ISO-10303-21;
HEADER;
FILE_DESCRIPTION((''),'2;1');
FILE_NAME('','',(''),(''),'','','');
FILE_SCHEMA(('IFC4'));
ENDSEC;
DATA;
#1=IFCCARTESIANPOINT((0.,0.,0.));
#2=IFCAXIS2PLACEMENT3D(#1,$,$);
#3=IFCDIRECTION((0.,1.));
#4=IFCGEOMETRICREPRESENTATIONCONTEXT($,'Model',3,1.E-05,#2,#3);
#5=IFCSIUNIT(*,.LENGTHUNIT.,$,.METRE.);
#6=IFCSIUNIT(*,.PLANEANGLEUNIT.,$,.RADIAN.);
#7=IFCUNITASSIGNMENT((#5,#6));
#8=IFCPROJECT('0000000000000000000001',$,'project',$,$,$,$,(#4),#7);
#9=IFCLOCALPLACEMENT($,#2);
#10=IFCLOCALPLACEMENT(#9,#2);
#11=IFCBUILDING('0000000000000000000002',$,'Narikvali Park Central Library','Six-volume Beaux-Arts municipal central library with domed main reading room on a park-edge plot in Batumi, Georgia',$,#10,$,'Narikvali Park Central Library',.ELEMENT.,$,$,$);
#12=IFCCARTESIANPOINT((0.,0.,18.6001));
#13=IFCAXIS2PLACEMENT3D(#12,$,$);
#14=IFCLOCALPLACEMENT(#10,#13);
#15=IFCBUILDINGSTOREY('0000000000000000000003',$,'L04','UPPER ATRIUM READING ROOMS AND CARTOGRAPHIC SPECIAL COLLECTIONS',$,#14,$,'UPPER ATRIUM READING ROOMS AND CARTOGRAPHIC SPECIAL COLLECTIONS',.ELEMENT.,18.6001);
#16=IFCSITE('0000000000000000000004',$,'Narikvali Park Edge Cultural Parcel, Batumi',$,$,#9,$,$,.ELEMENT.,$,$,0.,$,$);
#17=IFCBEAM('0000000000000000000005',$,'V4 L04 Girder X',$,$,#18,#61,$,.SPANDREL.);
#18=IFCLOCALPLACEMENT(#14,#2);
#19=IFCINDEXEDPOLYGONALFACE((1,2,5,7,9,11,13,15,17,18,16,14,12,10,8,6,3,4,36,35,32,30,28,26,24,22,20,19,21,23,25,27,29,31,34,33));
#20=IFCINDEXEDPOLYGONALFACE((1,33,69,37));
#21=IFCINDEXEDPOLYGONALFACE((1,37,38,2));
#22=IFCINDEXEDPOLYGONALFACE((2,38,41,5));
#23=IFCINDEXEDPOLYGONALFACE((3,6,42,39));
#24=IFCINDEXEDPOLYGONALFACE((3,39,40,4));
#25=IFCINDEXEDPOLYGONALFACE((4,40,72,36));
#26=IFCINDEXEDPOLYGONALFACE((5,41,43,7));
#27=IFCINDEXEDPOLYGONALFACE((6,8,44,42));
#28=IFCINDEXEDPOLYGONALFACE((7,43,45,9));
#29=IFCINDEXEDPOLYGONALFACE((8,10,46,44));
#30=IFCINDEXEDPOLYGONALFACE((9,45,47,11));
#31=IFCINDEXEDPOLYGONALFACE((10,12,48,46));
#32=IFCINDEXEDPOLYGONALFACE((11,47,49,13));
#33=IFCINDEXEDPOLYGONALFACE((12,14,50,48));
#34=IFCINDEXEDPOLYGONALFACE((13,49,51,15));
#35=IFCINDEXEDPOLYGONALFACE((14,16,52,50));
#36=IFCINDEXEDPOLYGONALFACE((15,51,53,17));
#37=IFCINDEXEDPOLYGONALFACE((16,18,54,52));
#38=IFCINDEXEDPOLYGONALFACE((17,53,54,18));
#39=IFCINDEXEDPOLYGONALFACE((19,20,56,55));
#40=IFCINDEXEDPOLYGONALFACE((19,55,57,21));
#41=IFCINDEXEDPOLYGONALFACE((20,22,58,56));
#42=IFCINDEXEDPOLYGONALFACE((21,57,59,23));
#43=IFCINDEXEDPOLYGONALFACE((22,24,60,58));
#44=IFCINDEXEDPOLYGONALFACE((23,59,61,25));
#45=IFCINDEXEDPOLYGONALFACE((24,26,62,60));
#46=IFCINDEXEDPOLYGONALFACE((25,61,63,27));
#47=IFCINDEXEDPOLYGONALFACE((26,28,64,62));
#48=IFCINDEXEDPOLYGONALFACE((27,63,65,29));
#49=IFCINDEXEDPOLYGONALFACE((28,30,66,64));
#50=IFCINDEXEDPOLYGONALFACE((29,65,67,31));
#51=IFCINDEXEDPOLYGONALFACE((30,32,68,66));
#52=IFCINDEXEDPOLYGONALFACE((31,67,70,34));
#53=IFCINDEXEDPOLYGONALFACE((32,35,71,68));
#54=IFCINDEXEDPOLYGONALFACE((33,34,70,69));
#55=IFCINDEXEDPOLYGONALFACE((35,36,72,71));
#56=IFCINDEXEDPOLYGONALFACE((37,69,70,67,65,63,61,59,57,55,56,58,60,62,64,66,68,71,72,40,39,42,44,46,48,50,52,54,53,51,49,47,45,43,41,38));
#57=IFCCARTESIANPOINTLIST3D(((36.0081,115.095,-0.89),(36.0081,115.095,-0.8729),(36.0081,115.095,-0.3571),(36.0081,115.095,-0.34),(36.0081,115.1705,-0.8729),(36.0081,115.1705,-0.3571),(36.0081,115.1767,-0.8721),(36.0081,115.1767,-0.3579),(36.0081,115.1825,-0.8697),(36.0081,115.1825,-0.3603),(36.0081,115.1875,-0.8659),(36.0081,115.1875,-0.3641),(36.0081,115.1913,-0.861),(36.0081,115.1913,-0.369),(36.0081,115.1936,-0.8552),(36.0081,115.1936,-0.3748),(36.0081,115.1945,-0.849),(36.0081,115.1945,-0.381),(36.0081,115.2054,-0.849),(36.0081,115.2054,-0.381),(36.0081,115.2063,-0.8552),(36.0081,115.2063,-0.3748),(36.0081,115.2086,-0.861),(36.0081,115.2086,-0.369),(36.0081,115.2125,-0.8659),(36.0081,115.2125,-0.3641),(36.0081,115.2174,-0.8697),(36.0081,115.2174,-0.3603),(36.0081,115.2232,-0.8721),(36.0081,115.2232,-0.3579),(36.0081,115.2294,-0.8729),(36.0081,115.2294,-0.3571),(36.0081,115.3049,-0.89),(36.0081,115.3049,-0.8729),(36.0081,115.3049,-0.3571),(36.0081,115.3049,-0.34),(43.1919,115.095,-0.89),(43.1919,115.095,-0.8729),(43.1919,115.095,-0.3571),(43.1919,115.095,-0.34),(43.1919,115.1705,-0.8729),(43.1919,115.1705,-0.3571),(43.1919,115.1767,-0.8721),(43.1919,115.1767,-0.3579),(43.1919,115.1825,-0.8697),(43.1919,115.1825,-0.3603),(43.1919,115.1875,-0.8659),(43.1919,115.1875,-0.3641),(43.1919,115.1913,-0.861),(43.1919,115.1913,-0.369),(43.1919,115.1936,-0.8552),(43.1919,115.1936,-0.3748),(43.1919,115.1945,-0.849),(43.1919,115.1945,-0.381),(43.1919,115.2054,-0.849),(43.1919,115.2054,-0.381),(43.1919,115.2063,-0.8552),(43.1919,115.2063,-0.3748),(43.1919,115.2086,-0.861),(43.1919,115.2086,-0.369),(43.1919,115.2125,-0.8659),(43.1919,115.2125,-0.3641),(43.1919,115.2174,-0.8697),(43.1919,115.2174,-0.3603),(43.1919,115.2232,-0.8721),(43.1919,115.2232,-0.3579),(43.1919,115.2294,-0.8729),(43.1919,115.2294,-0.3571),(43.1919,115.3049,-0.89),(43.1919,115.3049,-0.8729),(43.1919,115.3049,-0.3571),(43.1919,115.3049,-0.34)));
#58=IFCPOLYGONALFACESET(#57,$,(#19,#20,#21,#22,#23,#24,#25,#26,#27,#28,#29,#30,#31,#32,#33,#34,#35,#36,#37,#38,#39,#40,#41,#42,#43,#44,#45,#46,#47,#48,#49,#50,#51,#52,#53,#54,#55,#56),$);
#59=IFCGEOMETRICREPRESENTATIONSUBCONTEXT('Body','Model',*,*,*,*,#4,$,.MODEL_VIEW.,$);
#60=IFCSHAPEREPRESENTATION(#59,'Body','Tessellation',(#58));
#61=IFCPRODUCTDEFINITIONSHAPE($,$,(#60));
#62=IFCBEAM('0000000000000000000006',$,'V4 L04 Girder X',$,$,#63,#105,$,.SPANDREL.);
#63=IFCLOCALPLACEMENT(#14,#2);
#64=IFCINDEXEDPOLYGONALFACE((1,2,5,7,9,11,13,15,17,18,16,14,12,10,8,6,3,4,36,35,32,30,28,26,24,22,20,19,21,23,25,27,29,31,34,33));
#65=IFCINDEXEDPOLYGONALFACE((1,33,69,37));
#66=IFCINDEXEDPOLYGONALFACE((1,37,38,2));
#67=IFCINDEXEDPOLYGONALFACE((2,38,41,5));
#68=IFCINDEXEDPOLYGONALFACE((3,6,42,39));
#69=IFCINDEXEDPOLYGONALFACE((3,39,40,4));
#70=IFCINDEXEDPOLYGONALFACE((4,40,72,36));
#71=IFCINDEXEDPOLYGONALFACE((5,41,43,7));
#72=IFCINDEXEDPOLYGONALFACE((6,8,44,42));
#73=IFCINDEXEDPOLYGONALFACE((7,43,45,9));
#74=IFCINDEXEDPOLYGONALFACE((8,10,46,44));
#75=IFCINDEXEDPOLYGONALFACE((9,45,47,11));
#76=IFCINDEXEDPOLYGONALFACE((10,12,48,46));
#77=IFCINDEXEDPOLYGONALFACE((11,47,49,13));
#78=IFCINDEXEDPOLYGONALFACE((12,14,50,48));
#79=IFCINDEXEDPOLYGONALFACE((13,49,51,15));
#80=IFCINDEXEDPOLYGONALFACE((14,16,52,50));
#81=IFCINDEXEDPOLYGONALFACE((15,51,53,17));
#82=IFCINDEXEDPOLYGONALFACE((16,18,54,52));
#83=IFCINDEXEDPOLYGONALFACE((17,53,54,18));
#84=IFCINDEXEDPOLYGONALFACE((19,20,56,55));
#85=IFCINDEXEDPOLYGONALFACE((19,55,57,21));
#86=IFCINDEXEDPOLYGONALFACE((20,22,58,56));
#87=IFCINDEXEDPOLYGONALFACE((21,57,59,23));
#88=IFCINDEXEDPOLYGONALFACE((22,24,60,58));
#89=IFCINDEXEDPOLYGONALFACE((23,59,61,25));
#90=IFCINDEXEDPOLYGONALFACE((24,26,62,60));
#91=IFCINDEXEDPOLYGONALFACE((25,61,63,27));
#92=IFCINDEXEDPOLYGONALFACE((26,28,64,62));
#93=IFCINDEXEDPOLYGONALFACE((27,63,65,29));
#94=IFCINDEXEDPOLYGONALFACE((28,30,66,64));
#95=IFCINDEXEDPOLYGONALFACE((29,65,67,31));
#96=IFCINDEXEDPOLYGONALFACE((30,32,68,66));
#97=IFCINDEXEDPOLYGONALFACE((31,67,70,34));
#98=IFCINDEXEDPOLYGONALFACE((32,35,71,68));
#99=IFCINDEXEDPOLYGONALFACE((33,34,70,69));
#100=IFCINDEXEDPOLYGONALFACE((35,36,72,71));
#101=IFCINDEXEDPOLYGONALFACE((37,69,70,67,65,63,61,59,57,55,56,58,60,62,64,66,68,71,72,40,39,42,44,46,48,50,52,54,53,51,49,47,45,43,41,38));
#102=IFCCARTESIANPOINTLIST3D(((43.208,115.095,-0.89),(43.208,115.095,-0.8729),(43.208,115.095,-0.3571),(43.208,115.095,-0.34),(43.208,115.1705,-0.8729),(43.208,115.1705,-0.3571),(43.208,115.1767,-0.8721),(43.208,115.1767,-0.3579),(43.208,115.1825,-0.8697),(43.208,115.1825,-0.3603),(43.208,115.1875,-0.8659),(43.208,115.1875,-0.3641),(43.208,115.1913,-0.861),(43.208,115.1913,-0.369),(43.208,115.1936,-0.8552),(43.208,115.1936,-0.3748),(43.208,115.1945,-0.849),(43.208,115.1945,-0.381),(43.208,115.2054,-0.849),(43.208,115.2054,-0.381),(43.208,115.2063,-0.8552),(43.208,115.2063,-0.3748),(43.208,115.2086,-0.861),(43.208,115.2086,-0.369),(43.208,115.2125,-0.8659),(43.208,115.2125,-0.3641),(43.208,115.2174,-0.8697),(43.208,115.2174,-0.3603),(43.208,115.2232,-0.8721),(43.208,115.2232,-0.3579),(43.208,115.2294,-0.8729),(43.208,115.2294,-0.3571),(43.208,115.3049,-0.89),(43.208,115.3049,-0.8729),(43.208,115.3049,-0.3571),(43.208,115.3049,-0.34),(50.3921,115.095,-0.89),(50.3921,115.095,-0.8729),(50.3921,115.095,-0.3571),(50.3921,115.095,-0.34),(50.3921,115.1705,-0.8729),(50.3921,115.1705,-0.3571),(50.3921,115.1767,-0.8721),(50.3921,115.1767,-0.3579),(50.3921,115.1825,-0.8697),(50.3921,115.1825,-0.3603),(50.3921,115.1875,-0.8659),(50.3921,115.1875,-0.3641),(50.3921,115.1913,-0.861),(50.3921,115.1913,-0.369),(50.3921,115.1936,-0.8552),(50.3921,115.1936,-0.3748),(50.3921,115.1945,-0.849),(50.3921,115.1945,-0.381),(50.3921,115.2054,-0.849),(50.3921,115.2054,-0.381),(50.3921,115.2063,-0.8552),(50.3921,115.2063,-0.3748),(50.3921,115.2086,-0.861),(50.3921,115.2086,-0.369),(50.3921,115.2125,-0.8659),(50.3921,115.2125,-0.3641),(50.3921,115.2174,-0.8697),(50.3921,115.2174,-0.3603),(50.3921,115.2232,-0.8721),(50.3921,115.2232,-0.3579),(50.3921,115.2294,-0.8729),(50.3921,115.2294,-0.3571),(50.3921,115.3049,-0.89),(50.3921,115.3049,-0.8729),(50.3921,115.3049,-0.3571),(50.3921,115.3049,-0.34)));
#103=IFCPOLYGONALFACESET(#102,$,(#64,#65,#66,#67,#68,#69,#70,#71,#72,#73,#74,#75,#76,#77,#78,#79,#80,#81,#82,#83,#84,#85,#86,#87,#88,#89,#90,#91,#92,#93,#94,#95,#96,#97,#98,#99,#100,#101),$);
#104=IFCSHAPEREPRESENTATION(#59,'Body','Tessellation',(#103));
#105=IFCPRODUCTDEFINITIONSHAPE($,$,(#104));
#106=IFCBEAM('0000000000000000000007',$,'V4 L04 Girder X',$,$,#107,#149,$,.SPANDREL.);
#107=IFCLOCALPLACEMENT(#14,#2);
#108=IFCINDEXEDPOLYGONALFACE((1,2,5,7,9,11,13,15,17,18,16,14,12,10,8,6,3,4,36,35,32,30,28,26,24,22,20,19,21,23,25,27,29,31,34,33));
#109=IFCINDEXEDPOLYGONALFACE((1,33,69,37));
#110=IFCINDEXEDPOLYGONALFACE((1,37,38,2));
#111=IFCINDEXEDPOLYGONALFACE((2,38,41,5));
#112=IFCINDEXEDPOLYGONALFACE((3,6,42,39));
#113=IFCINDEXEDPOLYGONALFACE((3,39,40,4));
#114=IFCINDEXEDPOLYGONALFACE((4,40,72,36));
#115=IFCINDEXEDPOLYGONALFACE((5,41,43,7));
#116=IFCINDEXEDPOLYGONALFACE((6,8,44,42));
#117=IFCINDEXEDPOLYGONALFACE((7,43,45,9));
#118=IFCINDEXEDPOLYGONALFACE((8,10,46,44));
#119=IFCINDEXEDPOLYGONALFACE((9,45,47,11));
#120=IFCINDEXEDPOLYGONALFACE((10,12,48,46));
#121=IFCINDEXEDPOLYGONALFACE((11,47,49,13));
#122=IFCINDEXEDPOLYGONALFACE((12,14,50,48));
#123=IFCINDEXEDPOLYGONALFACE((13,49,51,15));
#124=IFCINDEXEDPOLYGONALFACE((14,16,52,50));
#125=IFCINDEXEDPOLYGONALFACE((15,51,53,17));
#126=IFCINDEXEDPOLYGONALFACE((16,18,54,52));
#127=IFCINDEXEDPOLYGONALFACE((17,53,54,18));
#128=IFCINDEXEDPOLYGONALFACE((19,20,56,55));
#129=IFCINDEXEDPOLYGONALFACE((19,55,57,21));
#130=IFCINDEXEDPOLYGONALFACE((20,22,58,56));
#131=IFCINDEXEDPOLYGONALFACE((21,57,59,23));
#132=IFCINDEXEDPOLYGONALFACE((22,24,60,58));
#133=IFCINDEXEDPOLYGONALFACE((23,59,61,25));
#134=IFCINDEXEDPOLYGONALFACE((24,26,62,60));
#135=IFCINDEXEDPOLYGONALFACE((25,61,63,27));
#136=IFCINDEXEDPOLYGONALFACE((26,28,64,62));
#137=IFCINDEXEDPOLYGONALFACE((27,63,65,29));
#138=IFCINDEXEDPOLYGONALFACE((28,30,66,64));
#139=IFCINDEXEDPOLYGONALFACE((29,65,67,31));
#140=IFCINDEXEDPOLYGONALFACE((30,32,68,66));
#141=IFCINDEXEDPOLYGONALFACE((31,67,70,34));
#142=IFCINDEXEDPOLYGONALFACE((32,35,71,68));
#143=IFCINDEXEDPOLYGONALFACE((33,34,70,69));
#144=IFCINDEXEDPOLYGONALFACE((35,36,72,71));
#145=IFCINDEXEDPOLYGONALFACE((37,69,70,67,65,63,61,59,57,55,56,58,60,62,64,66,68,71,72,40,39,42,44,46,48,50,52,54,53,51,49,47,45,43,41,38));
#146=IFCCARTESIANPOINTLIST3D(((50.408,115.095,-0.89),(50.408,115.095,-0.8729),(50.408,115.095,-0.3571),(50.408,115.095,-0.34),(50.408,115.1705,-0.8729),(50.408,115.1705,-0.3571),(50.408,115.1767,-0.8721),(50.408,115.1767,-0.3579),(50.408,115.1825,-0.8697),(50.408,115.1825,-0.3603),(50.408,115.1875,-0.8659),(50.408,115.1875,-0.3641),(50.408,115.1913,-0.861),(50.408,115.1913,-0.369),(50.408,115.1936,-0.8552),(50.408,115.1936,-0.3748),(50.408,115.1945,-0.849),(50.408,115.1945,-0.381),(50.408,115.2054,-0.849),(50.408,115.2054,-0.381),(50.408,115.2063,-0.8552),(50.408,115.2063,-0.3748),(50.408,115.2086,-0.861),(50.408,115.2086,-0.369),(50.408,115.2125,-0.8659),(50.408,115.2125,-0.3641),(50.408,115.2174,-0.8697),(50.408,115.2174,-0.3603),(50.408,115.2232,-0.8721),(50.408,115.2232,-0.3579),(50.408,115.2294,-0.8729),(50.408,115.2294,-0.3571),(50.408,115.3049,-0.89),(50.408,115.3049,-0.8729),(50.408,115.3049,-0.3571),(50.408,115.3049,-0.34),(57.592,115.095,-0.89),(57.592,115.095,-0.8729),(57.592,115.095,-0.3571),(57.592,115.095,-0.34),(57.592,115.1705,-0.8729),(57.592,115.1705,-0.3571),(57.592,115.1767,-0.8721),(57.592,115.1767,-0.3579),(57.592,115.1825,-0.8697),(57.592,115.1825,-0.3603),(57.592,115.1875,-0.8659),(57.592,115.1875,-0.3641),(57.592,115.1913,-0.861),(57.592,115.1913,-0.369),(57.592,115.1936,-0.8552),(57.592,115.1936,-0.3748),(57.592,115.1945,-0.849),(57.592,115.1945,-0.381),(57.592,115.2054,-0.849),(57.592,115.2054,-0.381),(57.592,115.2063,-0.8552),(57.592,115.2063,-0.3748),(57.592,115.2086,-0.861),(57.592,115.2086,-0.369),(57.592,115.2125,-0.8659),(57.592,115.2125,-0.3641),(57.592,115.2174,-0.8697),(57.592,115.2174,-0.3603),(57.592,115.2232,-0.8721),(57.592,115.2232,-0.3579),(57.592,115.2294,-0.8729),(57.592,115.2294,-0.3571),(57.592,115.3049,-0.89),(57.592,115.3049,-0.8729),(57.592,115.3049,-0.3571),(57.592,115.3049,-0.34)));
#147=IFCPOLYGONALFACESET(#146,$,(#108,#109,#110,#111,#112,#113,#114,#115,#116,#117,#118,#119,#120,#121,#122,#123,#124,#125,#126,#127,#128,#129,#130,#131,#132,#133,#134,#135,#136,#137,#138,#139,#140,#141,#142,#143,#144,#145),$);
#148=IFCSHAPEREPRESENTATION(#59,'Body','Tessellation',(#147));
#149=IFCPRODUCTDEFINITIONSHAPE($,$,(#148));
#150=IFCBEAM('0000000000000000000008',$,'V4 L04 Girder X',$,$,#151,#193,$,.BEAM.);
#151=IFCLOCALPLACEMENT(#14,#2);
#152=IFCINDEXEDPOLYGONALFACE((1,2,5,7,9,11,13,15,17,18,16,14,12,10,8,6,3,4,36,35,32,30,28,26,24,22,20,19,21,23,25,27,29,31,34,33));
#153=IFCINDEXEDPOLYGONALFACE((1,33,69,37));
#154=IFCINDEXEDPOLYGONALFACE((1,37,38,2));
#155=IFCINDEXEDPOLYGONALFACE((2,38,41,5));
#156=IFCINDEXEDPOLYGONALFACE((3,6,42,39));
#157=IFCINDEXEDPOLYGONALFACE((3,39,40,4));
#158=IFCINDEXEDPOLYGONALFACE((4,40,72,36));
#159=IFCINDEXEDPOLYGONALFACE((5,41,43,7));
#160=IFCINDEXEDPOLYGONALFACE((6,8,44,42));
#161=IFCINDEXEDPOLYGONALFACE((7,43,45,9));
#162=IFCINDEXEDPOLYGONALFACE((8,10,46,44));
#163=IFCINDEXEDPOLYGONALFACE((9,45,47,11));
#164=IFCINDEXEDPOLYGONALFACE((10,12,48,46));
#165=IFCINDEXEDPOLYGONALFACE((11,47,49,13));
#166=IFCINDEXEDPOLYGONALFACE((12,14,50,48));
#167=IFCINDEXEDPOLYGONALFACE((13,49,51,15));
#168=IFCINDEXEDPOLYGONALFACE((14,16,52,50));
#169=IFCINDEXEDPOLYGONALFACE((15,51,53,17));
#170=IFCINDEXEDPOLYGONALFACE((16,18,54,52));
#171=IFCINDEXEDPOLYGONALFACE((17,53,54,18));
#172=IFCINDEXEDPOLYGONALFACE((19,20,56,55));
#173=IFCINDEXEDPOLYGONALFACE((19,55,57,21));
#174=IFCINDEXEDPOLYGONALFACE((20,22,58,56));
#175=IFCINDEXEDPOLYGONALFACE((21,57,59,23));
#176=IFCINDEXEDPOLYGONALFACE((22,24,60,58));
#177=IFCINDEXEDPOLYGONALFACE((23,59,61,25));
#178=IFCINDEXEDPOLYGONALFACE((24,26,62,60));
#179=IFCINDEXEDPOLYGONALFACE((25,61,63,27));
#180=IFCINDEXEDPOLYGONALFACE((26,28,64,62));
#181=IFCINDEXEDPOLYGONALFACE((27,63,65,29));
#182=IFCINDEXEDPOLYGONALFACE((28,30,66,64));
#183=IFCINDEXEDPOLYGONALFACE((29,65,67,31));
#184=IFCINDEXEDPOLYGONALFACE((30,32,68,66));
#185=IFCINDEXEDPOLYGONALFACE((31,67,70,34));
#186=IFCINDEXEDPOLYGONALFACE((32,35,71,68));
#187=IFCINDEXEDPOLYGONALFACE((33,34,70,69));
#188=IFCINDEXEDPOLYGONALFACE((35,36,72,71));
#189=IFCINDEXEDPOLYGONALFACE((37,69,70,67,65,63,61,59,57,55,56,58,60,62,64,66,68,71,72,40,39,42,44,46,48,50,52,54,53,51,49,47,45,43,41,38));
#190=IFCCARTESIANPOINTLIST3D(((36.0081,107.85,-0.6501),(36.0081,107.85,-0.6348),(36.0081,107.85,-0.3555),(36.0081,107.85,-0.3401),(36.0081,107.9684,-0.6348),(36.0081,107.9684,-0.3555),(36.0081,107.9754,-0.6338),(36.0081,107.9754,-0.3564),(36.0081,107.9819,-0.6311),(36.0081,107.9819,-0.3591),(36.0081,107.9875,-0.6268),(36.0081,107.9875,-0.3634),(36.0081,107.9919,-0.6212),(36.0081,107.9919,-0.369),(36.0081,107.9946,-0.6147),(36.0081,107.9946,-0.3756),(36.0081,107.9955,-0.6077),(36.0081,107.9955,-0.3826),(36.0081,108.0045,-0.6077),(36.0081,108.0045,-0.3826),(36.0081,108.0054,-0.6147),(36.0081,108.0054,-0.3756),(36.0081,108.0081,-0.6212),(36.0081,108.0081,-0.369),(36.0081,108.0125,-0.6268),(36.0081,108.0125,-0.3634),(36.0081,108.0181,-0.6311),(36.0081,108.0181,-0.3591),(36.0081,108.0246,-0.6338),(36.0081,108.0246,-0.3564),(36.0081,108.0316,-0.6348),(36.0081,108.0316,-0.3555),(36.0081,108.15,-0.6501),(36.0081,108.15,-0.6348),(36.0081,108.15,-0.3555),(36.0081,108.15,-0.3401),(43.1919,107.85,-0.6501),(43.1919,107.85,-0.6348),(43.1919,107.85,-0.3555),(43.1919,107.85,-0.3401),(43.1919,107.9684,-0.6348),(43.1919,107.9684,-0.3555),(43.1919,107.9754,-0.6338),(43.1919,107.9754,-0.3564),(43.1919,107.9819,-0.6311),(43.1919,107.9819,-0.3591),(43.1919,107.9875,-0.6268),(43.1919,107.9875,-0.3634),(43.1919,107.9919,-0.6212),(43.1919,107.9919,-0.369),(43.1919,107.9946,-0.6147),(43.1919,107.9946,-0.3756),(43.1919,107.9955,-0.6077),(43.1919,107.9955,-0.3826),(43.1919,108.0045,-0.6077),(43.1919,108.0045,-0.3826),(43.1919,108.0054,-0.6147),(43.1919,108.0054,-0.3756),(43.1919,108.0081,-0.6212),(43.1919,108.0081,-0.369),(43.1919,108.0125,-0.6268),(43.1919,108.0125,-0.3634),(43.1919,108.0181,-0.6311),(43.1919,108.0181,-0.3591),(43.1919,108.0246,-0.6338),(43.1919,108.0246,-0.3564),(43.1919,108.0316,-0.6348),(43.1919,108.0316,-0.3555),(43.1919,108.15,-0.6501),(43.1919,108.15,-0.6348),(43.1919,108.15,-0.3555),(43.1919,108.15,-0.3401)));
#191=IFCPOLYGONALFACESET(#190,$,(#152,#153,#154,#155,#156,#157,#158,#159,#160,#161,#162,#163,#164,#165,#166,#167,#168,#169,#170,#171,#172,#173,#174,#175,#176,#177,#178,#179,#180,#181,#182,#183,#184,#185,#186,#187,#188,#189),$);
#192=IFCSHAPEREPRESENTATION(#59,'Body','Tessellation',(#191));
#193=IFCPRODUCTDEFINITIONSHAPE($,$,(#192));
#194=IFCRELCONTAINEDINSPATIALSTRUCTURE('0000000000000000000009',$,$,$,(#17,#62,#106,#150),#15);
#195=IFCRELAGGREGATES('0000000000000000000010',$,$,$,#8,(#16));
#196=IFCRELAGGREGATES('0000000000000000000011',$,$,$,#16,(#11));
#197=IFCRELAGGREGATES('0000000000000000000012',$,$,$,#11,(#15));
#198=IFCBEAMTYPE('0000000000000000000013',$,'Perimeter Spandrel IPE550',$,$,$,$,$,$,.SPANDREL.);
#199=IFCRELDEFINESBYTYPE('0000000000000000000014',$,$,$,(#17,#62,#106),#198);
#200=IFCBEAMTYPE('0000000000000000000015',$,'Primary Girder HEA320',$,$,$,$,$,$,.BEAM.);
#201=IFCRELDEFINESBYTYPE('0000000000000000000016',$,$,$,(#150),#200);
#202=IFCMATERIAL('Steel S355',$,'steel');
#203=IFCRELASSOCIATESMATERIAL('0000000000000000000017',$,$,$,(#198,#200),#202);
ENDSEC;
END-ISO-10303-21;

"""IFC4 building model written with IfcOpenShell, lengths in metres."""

from ifc_helpers import new_model, si_unit, direction, frame, origin, origin_2d, place, context, subcontext, project, spatial, i_section, extrude, material, material_profile, profile_set, type_object, element, save


model = new_model("IFC4")

# Units and contexts
model_context = context("Model", 3, precision=1e-05, world=origin(), true_north=direction((0.0, 1.0)))
body_context = subcontext(model_context, "Body", "Model", "MODEL_VIEW")
ifc_project = project(units=[si_unit("LENGTHUNIT", "METRE"), si_unit("PLANEANGLEUNIT", "RADIAN")], contexts=[model_context])

# Site, building, storey
site_placement = place(None, origin())
site = spatial("IfcSite", under=ifc_project, at=site_placement, Name="Narikvali Park Edge Cultural Parcel, Batumi", CompositionType="ELEMENT", RefElevation=0.0)
building_placement = place(site_placement, origin())
building = spatial("IfcBuilding", under=site, at=building_placement, Name="Narikvali Park Central Library", Description="Six-volume Beaux-Arts municipal central library with domed main reading room on a park-edge plot in Batumi, Georgia", LongName="Narikvali Park Central Library", CompositionType="ELEMENT")
storey_placement = place(building_placement, frame((0.0, 0.0, 18.6001)))
storey = spatial("IfcBuildingStorey", under=building, at=storey_placement, Name="L04", Description="UPPER ATRIUM READING ROOMS AND CARTOGRAPHIC SPECIAL COLLECTIONS", LongName="UPPER ATRIUM READING ROOMS AND CARTOGRAPHIC SPECIAL COLLECTIONS", CompositionType="ELEMENT", Elevation=18.6001)

# Beams
ifc_material_1 = material(Name="Steel S355", Category="steel")
ifc_material_profile_1 = material_profile(ifc_material_1, i_section(OverallWidth=0.21, OverallDepth=0.55, WebThickness=0.011, FlangeThickness=0.0171, FilletRadius=0.0239, at=origin_2d()), Name="IPE 550")
ifc_profile_set_1 = profile_set([ifc_material_profile_1], Name="Steel S355")
beam_type_1 = type_object("IfcBeamType", Name="Perimeter Spandrel IPE550", PredefinedType="SPANDREL", material=ifc_profile_set_1)
beam_1_placement = place(storey_placement, frame((36.0081, 115.2, -0.615), z_axis=(1.0, 0.0, 0.0), x_axis=(0.0, 1.0, 0.0)))
element("IfcBeam", 1, at=beam_1_placement, inside=storey, type_object=beam_type_1, Name="V4 L04 Girder X", PredefinedType="SPANDREL", context=body_context, shape_type="SweptSolid", body=[
    extrude(i_section(OverallWidth=0.21, OverallDepth=0.55, WebThickness=0.011, FlangeThickness=0.0171, FilletRadius=0.0239, at=origin_2d()), origin(), (0.0, 0.0, 1.0), 7.1838),
])
for number, where, z_axis, x_axis, name in (
    (2, (43.208, 115.2, -0.615), (1.0, 0.0, 0.0), (0.0, 1.0, 0.0), "V4 L04 Girder X"),
    (3, (50.408, 115.2, -0.615), (1.0, 0.0, 0.0), (0.0, 1.0, 0.0), "V4 L04 Girder X"),
):
    element("IfcBeam", number, at=place(storey_placement, frame(where, z_axis=z_axis, x_axis=x_axis)), inside=storey, type_object=beam_type_1, Name=name, PredefinedType="SPANDREL", context=body_context, shape_type="SweptSolid", body=[
        extrude(i_section(OverallWidth=0.21, OverallDepth=0.55, WebThickness=0.011, FlangeThickness=0.0171, FilletRadius=0.0239, at=origin_2d()), origin(), (0.0, 0.0, 1.0), 7.1841),
    ])
ifc_material_profile_2 = material_profile(ifc_material_1, i_section(OverallWidth=0.3, OverallDepth=0.3101, WebThickness=0.009, FlangeThickness=0.0154, FilletRadius=0.0271, at=origin_2d()), Name="HEA 320")
ifc_profile_set_2 = profile_set([ifc_material_profile_2], Name="Steel S355")
beam_type_2 = type_object("IfcBeamType", Name="Primary Girder HEA320", PredefinedType="BEAM", material=ifc_profile_set_2)
beam_2_placement = place(storey_placement, frame((36.0081, 108.0, -0.4951), z_axis=(1.0, 0.0, 0.0), x_axis=(0.0, 1.0, 0.0)))
element("IfcBeam", 4, at=beam_2_placement, inside=storey, type_object=beam_type_2, Name="V4 L04 Girder X", PredefinedType="BEAM", context=body_context, shape_type="SweptSolid", body=[
    extrude(i_section(OverallWidth=0.3, OverallDepth=0.3101, WebThickness=0.009, FlangeThickness=0.0154, FilletRadius=0.0271, at=origin_2d()), origin(), (0.0, 0.0, 1.0), 7.1838),
])

save(model, "model.ifc")
